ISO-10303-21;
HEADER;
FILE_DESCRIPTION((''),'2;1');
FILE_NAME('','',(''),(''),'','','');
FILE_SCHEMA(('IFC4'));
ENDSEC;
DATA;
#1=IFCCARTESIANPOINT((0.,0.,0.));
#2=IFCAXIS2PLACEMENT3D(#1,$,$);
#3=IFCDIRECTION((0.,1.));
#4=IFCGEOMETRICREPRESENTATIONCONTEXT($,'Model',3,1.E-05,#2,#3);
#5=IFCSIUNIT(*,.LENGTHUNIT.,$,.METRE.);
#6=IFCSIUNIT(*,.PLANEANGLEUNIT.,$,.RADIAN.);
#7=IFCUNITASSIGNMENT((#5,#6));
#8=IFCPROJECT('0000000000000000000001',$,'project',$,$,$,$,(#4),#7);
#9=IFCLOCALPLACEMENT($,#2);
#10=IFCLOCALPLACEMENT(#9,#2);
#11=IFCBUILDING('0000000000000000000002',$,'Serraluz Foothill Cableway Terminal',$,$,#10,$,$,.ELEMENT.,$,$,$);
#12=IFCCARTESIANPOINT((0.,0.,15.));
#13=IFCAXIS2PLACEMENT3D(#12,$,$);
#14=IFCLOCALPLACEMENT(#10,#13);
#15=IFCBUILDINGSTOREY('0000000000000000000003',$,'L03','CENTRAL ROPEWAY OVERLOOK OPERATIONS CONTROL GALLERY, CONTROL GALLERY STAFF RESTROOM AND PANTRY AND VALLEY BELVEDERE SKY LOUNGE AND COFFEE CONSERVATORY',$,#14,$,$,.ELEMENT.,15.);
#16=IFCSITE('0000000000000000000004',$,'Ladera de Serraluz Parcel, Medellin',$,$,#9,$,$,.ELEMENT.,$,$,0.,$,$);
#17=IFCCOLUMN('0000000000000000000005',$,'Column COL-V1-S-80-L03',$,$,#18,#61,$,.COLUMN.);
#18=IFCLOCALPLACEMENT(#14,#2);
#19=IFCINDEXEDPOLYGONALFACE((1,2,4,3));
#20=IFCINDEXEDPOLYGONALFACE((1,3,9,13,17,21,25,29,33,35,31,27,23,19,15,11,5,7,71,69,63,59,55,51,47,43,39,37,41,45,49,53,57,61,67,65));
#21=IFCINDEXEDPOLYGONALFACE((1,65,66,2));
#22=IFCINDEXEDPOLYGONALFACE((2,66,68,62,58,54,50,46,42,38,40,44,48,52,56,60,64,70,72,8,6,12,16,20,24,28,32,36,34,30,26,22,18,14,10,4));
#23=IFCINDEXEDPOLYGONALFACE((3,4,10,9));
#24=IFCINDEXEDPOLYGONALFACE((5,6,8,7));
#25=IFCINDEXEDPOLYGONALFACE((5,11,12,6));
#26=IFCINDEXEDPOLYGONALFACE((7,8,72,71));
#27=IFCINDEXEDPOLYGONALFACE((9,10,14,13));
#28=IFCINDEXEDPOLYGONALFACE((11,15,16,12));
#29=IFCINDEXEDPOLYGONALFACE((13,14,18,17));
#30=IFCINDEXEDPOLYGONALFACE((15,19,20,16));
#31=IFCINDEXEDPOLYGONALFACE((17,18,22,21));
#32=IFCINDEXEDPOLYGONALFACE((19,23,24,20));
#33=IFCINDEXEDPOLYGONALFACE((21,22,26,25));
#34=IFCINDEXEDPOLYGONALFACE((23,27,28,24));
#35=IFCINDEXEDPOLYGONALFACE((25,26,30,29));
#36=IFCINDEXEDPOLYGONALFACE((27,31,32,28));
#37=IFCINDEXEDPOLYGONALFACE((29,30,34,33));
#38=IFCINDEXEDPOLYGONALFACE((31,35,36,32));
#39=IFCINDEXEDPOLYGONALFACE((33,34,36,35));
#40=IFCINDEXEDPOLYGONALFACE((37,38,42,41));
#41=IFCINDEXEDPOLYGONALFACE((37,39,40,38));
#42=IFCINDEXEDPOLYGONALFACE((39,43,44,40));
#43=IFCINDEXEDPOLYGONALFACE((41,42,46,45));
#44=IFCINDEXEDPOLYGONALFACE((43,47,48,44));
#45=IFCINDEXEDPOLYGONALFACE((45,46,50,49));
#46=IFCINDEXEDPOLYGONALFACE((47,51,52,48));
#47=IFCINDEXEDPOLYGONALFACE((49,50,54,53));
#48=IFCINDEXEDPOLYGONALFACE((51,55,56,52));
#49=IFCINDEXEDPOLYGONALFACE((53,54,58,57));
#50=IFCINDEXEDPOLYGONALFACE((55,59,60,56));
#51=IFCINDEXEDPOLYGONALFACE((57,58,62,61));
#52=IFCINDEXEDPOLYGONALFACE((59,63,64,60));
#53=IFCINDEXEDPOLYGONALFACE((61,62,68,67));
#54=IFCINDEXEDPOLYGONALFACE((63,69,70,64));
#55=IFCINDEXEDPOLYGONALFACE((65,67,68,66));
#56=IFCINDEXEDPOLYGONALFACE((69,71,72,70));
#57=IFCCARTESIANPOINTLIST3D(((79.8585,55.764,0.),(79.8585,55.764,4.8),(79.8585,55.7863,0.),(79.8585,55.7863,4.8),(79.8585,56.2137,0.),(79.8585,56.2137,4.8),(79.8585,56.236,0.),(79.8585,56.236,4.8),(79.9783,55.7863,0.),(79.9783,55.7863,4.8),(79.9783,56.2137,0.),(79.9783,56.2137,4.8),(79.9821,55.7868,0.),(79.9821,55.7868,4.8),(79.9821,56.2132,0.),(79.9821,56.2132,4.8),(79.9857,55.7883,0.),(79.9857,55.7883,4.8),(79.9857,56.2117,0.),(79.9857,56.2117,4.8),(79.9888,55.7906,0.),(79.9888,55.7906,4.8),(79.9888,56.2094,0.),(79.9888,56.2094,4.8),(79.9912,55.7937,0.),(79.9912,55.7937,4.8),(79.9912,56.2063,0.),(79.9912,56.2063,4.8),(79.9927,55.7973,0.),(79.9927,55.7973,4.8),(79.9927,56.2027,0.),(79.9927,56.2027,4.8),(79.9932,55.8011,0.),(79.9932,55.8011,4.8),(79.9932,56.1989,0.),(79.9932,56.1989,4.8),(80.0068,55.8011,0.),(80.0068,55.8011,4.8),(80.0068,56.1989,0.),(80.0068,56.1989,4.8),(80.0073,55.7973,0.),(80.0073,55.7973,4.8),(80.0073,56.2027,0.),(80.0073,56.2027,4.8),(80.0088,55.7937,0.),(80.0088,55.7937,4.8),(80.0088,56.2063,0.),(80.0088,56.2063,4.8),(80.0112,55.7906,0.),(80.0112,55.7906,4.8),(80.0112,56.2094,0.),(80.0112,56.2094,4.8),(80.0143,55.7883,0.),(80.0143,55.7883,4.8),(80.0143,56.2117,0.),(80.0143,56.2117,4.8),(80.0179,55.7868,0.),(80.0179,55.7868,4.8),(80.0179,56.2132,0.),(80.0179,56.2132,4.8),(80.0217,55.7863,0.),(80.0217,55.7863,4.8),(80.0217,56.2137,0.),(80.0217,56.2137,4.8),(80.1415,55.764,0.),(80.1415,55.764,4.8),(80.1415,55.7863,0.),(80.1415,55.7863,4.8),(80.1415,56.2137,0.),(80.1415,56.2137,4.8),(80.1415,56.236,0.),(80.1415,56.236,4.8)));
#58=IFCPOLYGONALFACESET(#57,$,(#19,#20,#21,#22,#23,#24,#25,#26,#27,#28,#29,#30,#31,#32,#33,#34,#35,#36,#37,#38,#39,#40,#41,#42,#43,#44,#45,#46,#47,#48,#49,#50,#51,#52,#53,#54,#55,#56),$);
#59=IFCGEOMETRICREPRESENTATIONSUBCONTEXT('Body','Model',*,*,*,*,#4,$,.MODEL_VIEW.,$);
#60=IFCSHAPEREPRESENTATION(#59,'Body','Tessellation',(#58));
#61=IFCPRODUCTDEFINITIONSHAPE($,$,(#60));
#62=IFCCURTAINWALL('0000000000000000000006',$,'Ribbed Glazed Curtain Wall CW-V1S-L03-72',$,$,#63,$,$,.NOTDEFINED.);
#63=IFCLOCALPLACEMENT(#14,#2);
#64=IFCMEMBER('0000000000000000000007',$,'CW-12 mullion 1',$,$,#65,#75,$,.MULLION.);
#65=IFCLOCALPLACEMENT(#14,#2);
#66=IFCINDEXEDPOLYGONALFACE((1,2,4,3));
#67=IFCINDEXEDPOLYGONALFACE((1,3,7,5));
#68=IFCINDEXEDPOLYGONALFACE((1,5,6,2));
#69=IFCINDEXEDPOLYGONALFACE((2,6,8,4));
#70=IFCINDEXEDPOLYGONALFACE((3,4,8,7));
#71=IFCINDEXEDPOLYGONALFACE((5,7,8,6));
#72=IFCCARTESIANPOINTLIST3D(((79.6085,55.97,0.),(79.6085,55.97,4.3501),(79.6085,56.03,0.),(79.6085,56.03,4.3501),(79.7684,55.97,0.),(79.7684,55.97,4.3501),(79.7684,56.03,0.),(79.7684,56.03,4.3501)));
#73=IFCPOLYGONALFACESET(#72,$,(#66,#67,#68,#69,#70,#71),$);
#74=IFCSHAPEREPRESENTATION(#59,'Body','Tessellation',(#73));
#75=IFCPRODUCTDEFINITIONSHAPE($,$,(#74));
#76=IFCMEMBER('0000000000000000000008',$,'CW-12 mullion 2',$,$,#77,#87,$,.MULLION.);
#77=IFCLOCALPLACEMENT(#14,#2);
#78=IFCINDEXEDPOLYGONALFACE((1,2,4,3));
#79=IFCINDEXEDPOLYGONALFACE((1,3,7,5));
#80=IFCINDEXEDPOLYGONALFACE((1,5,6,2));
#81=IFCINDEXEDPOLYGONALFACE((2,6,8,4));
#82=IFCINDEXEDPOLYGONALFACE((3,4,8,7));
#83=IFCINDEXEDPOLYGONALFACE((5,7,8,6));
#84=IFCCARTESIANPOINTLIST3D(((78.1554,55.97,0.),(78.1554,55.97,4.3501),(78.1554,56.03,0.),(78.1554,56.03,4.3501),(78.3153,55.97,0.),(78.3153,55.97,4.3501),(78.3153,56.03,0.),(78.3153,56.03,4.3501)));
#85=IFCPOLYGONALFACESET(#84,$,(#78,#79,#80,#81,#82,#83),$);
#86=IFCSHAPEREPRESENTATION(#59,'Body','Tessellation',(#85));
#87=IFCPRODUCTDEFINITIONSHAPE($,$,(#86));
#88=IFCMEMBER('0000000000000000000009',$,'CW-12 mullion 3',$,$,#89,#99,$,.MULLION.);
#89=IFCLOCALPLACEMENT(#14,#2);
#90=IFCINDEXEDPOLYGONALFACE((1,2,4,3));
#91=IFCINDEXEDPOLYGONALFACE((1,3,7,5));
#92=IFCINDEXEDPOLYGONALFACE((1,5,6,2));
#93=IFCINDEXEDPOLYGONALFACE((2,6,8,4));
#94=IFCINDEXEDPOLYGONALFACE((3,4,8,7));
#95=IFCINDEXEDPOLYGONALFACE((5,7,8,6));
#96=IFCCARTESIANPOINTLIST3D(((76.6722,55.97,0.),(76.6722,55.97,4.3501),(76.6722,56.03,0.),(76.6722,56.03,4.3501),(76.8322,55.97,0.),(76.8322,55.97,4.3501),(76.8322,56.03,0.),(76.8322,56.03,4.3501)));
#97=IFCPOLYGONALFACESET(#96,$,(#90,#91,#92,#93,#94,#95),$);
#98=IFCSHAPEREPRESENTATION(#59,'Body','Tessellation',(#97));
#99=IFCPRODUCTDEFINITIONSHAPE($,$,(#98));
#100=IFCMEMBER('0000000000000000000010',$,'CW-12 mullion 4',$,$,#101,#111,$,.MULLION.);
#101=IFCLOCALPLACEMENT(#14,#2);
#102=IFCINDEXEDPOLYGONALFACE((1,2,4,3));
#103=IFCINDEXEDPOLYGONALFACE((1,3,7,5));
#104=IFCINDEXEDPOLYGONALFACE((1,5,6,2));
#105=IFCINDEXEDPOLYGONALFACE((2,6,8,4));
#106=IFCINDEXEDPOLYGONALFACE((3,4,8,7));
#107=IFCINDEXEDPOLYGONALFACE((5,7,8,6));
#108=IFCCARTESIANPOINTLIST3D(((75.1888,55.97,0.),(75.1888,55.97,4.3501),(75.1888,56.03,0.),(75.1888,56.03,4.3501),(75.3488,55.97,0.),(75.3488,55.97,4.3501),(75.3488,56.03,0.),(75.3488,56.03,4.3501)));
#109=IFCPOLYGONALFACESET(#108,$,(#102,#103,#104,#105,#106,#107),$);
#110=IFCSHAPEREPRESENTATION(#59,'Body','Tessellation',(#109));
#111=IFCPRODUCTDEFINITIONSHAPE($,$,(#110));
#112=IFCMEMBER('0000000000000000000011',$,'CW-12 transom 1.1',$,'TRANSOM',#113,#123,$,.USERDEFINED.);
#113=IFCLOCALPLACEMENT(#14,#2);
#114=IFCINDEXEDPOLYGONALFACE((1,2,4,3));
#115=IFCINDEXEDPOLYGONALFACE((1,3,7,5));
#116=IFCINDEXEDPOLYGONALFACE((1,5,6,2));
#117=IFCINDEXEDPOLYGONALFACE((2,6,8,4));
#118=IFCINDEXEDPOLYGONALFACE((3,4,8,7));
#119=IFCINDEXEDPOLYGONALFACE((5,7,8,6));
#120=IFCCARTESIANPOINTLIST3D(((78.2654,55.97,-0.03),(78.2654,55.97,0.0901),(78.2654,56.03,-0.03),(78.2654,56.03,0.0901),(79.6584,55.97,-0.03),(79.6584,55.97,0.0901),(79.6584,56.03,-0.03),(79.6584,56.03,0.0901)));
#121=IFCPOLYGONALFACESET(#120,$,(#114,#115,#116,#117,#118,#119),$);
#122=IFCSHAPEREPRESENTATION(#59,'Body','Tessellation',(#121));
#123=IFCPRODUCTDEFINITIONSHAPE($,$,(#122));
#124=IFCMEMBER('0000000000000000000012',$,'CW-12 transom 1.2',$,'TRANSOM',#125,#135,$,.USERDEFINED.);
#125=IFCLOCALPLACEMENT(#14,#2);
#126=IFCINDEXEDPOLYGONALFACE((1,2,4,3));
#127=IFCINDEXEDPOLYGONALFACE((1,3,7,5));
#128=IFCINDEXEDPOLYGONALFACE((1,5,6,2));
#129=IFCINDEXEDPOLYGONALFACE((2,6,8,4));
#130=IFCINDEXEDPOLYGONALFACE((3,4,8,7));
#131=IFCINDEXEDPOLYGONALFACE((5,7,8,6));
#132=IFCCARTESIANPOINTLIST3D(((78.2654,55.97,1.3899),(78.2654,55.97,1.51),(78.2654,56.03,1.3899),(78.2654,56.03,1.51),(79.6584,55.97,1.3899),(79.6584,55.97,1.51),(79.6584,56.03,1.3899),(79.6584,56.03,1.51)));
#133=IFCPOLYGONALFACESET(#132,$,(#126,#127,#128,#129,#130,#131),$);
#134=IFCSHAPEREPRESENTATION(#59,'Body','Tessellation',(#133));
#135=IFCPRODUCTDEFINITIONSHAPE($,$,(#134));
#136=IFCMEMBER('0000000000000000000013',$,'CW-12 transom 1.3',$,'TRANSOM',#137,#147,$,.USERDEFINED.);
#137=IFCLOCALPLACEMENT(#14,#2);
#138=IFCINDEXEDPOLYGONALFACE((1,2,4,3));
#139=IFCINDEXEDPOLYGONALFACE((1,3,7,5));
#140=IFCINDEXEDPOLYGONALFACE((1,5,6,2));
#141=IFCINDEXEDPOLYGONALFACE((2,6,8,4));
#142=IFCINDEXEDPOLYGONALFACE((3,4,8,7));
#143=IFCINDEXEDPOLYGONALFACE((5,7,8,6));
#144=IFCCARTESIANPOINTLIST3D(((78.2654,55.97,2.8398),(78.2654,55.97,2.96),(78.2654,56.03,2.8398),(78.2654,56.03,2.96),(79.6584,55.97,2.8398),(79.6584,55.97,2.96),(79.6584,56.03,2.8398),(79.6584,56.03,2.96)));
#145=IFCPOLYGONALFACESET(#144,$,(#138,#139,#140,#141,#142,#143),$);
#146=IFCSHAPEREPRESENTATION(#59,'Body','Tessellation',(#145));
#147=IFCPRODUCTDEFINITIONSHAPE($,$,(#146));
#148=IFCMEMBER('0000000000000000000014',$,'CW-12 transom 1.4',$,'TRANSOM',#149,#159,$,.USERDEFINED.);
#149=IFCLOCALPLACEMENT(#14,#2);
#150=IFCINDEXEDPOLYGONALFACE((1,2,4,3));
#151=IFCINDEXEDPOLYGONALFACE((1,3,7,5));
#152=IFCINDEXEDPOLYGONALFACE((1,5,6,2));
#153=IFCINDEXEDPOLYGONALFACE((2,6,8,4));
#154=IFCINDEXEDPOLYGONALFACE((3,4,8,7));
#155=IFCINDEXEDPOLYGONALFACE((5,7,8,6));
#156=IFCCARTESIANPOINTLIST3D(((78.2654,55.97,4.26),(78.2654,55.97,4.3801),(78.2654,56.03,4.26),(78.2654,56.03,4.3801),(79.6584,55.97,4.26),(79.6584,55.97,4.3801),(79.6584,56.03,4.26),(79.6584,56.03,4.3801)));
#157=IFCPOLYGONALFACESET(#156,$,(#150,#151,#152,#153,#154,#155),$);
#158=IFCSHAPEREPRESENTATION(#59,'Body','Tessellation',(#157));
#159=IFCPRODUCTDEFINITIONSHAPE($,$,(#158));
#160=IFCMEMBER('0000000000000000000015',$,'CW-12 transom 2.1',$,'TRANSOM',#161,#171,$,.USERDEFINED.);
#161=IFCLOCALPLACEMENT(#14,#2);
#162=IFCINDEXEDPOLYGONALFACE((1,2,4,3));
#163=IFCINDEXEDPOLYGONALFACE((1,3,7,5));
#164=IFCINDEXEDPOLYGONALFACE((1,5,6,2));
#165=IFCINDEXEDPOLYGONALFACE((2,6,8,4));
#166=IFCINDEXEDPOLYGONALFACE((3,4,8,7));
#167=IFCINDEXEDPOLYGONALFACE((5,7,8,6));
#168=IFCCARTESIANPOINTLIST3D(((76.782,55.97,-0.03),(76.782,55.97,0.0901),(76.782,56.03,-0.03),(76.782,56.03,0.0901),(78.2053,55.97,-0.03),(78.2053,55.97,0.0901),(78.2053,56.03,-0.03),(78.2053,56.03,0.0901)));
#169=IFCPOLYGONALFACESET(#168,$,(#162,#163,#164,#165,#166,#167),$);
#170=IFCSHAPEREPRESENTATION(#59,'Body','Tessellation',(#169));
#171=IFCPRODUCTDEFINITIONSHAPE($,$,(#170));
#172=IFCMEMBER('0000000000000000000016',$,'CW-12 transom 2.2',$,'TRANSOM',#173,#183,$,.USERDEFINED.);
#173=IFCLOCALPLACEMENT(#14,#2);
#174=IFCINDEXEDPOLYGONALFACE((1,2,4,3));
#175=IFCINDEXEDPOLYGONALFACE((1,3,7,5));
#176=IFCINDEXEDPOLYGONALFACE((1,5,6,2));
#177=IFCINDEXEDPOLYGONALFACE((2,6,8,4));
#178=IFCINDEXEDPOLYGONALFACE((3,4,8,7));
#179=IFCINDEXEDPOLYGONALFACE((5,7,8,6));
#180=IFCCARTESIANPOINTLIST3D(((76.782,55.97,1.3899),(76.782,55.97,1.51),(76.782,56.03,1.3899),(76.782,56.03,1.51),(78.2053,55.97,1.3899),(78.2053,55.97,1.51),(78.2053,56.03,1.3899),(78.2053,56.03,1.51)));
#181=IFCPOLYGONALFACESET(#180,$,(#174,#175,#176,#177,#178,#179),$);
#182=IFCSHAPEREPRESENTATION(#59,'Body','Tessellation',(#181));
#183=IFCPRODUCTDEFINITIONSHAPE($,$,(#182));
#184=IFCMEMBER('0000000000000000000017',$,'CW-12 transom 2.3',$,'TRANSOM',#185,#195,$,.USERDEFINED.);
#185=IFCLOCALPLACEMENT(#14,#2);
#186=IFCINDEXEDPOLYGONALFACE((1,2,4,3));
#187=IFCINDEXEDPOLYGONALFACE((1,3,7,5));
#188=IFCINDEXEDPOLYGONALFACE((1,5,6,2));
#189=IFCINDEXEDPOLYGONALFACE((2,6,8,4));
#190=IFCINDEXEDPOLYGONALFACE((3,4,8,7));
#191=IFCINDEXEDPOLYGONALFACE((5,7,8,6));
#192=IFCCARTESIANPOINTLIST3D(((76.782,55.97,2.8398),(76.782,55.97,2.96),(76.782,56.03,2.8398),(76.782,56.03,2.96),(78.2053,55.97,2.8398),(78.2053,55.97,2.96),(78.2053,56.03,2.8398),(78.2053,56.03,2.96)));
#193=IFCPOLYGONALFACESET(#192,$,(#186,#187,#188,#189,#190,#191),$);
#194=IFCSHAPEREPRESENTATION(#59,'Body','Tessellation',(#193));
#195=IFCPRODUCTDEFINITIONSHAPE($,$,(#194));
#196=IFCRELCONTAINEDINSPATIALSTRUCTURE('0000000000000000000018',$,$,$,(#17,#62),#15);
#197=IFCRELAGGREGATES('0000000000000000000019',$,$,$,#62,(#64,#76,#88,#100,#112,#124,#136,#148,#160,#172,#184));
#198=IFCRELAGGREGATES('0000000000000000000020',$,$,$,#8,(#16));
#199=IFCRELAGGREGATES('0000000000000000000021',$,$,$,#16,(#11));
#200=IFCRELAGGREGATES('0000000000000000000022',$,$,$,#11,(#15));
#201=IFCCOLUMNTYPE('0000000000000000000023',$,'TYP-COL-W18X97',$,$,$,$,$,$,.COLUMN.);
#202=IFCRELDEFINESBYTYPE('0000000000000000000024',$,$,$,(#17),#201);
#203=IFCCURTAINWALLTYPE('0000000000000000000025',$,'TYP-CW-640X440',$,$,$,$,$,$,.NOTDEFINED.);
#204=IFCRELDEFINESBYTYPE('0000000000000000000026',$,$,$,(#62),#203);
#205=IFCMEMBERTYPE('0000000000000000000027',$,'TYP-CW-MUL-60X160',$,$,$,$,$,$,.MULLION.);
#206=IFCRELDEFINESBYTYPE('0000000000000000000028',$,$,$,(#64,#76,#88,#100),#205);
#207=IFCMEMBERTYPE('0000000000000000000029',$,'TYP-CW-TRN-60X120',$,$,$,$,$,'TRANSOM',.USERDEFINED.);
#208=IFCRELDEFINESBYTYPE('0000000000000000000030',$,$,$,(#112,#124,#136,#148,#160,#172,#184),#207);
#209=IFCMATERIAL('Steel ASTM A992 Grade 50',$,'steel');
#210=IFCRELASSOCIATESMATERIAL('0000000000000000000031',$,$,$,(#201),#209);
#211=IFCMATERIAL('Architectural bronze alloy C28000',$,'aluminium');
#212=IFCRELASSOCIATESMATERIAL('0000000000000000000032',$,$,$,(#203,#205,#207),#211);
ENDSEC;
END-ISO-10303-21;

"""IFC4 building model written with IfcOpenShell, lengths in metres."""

from ifc_helpers import new_model, si_unit, direction, frame, origin, origin_2d, place, context, subcontext, project, spatial, rectangle, i_section, extrude, material, material_profile, profile_set, type_object, element, aggregate, save


model = new_model("IFC4")

# Units and contexts
model_context = context("Model", 3, precision=1e-05, world=origin(), true_north=direction((0.0, 1.0)))
body_context = subcontext(model_context, "Body", "Model", "MODEL_VIEW")
ifc_project = project(units=[si_unit("LENGTHUNIT", "METRE"), si_unit("PLANEANGLEUNIT", "RADIAN")], contexts=[model_context])

# Site, building, storey
site_placement = place(None, origin())
site = spatial("IfcSite", under=ifc_project, at=site_placement, Name="Ladera de Serraluz Parcel, Medellin", CompositionType="ELEMENT", RefElevation=0.0)
building_placement = place(site_placement, origin())
building = spatial("IfcBuilding", under=site, at=building_placement, Name="Serraluz Foothill Cableway Terminal", CompositionType="ELEMENT")
storey_placement = place(building_placement, frame((0.0, 0.0, 15.0)))
storey = spatial("IfcBuildingStorey", under=building, at=storey_placement, Name="L03", Description="CENTRAL ROPEWAY OVERLOOK OPERATIONS CONTROL GALLERY, CONTROL GALLERY STAFF RESTROOM AND PANTRY AND VALLEY BELVEDERE SKY LOUNGE AND COFFEE CONSERVATORY", CompositionType="ELEMENT", Elevation=15.0)

# Column
ifc_material_1 = material(Name="Steel ASTM A992 Grade 50", Category="steel")
ifc_material_profile_1 = material_profile(ifc_material_1, i_section(OverallWidth=0.283, OverallDepth=0.4719, WebThickness=0.0137, FlangeThickness=0.0222, FilletRadius=0.0149, at=origin_2d()), Name="W18X97")
ifc_profile_set_1 = profile_set([ifc_material_profile_1], Name="Steel ASTM A992 Grade 50")
column_type = type_object("IfcColumnType", Name="TYP-COL-W18X97", PredefinedType="COLUMN", material=ifc_profile_set_1)
column_placement = place(storey_placement, frame((80.0, 56.0, 0.0), z_axis=(0.0, 0.0, 1.0), x_axis=(1.0, 0.0, 0.0)))
element("IfcColumn", 1, at=column_placement, inside=storey, type_object=column_type, Name="Column COL-V1-S-80-L03", PredefinedType="COLUMN", context=body_context, shape_type="SweptSolid", body=[
    extrude(i_section(OverallWidth=0.283, OverallDepth=0.4719, WebThickness=0.0137, FlangeThickness=0.0222, FilletRadius=0.0149, at=origin_2d()), origin(), (0.0, 0.0, 1.0), 4.8),
])

# Curtain wall, members
ifc_material_2 = material(Name="Architectural bronze alloy C28000", Category="aluminium")
curtain_wall_type = type_object("IfcCurtainWallType", Name="TYP-CW-640X440", PredefinedType="NOTDEFINED", material=ifc_material_2)
curtain_wall_placement = place(storey_placement, origin())
curtain_wall = element("IfcCurtainWall", 2, at=curtain_wall_placement, inside=storey, type_object=curtain_wall_type, Name="Ribbed Glazed Curtain Wall CW-V1S-L03-72", PredefinedType="NOTDEFINED")
ifc_material_profile_2 = material_profile(ifc_material_2, rectangle(XDim=0.0601, YDim=0.1599, at=origin_2d()), Name="ALU MULLION 60x160")
ifc_profile_set_2 = profile_set([ifc_material_profile_2], Name="Architectural bronze alloy C28000")
member_type_1 = type_object("IfcMemberType", Name="TYP-CW-MUL-60X160", PredefinedType="MULLION", material=ifc_profile_set_2)
member_1_placement = place(storey_placement, frame((79.6885, 56.0, 0.0), z_axis=(0.0, 0.0, 1.0), x_axis=(0.0, -1.0, 0.0)))
member_1 = element("IfcMember", 3, at=member_1_placement, type_object=member_type_1, Name="CW-12 mullion 1", PredefinedType="MULLION", context=body_context, shape_type="SweptSolid", body=[
    extrude(rectangle(XDim=0.0601, YDim=0.1599, at=origin_2d()), origin(), (0.0, 0.0, 1.0), 4.3501),
])
member_2_placement = place(storey_placement, frame((78.2354, 56.0, 0.0), z_axis=(0.0, 0.0, 1.0), x_axis=(0.0, -1.0, 0.0)))
member_2 = element("IfcMember", 4, at=member_2_placement, type_object=member_type_1, Name="CW-12 mullion 2", PredefinedType="MULLION", context=body_context, shape_type="SweptSolid", body=[
    extrude(rectangle(XDim=0.0601, YDim=0.1599, at=origin_2d()), origin(), (0.0, 0.0, 1.0), 4.3501),
])
member_3_placement = place(storey_placement, frame((76.7522, 56.0, 0.0), z_axis=(0.0, 0.0, 1.0), x_axis=(0.0, -1.0, 0.0)))
member_3 = element("IfcMember", 5, at=member_3_placement, type_object=member_type_1, Name="CW-12 mullion 3", PredefinedType="MULLION", context=body_context, shape_type="SweptSolid", body=[
    extrude(rectangle(XDim=0.0601, YDim=0.1599, at=origin_2d()), origin(), (0.0, 0.0, 1.0), 4.3501),
])
member_4_placement = place(storey_placement, frame((75.2688, 56.0, 0.0), z_axis=(0.0, 0.0, 1.0), x_axis=(0.0, -1.0, 0.0)))
member_4 = element("IfcMember", 6, at=member_4_placement, type_object=member_type_1, Name="CW-12 mullion 4", PredefinedType="MULLION", context=body_context, shape_type="SweptSolid", body=[
    extrude(rectangle(XDim=0.0601, YDim=0.1599, at=origin_2d()), origin(), (0.0, 0.0, 1.0), 4.3501),
])
ifc_material_profile_3 = material_profile(ifc_material_2, rectangle(XDim=0.0601, YDim=0.1201, at=origin_2d()), Name="ALU TRANSOM 60x120")
ifc_profile_set_3 = profile_set([ifc_material_profile_3], Name="Architectural bronze alloy C28000")
member_type_2 = type_object("IfcMemberType", Name="TYP-CW-TRN-60X120", ElementType="TRANSOM", PredefinedType="USERDEFINED", material=ifc_profile_set_3)
member_5_placement = place(storey_placement, frame((79.6584, 56.0, 0.03), z_axis=(-1.0, 0.0, 0.0), x_axis=(0.0, -1.0, 0.0)))
member_5 = element("IfcMember", 7, at=member_5_placement, type_object=member_type_2, Name="CW-12 transom 1.1", ObjectType="TRANSOM", PredefinedType="USERDEFINED", context=body_context, shape_type="SweptSolid", body=[
    extrude(rectangle(XDim=0.0601, YDim=0.1201, at=origin_2d()), origin(), (0.0, 0.0, 1.0), 1.3931),
])
member_6_placement = place(storey_placement, frame((79.6584, 56.0, 1.45), z_axis=(-1.0, 0.0, 0.0), x_axis=(0.0, -1.0, 0.0)))
member_6 = element("IfcMember", 8, at=member_6_placement, type_object=member_type_2, Name="CW-12 transom 1.2", ObjectType="TRANSOM", PredefinedType="USERDEFINED", context=body_context, shape_type="SweptSolid", body=[
    extrude(rectangle(XDim=0.0601, YDim=0.1201, at=origin_2d()), origin(), (0.0, 0.0, 1.0), 1.3931),
])
member_7_placement = place(storey_placement, frame((79.6584, 56.0, 2.8999), z_axis=(-1.0, 0.0, 0.0), x_axis=(0.0, -1.0, 0.0)))
member_7 = element("IfcMember", 9, at=member_7_placement, type_object=member_type_2, Name="CW-12 transom 1.3", ObjectType="TRANSOM", PredefinedType="USERDEFINED", context=body_context, shape_type="SweptSolid", body=[
    extrude(rectangle(XDim=0.0601, YDim=0.1201, at=origin_2d()), origin(), (0.0, 0.0, 1.0), 1.3931),
])
member_8_placement = place(storey_placement, frame((79.6584, 56.0, 4.3201), z_axis=(-1.0, 0.0, 0.0), x_axis=(0.0, -1.0, 0.0)))
member_8 = element("IfcMember", 10, at=member_8_placement, type_object=member_type_2, Name="CW-12 transom 1.4", ObjectType="TRANSOM", PredefinedType="USERDEFINED", context=body_context, shape_type="SweptSolid", body=[
    extrude(rectangle(XDim=0.0601, YDim=0.1201, at=origin_2d()), origin(), (0.0, 0.0, 1.0), 1.3931),
])
member_9_placement = place(storey_placement, frame((78.2053, 56.0, 0.03), z_axis=(-1.0, 0.0, 0.0), x_axis=(0.0, -1.0, 0.0)))
member_9 = element("IfcMember", 11, at=member_9_placement, type_object=member_type_2, Name="CW-12 transom 2.1", ObjectType="TRANSOM", PredefinedType="USERDEFINED", context=body_context, shape_type="SweptSolid", body=[
    extrude(rectangle(XDim=0.0601, YDim=0.1201, at=origin_2d()), origin(), (0.0, 0.0, 1.0), 1.4233),
])
member_10_placement = place(storey_placement, frame((78.2053, 56.0, 1.45), z_axis=(-1.0, 0.0, 0.0), x_axis=(0.0, -1.0, 0.0)))
member_10 = element("IfcMember", 12, at=member_10_placement, type_object=member_type_2, Name="CW-12 transom 2.2", ObjectType="TRANSOM", PredefinedType="USERDEFINED", context=body_context, shape_type="SweptSolid", body=[
    extrude(rectangle(XDim=0.0601, YDim=0.1201, at=origin_2d()), origin(), (0.0, 0.0, 1.0), 1.4233),
])
member_11_placement = place(storey_placement, frame((78.2053, 56.0, 2.8999), z_axis=(-1.0, 0.0, 0.0), x_axis=(0.0, -1.0, 0.0)))
member_11 = element("IfcMember", 13, at=member_11_placement, type_object=member_type_2, Name="CW-12 transom 2.3", ObjectType="TRANSOM", PredefinedType="USERDEFINED", context=body_context, shape_type="SweptSolid", body=[
    extrude(rectangle(XDim=0.0601, YDim=0.1201, at=origin_2d()), origin(), (0.0, 0.0, 1.0), 1.4233),
])

aggregate(curtain_wall, [member_1, member_2, member_3, member_4, member_5, member_6, member_7, member_8, member_9, member_10, member_11])

save(model, "model.ifc")
